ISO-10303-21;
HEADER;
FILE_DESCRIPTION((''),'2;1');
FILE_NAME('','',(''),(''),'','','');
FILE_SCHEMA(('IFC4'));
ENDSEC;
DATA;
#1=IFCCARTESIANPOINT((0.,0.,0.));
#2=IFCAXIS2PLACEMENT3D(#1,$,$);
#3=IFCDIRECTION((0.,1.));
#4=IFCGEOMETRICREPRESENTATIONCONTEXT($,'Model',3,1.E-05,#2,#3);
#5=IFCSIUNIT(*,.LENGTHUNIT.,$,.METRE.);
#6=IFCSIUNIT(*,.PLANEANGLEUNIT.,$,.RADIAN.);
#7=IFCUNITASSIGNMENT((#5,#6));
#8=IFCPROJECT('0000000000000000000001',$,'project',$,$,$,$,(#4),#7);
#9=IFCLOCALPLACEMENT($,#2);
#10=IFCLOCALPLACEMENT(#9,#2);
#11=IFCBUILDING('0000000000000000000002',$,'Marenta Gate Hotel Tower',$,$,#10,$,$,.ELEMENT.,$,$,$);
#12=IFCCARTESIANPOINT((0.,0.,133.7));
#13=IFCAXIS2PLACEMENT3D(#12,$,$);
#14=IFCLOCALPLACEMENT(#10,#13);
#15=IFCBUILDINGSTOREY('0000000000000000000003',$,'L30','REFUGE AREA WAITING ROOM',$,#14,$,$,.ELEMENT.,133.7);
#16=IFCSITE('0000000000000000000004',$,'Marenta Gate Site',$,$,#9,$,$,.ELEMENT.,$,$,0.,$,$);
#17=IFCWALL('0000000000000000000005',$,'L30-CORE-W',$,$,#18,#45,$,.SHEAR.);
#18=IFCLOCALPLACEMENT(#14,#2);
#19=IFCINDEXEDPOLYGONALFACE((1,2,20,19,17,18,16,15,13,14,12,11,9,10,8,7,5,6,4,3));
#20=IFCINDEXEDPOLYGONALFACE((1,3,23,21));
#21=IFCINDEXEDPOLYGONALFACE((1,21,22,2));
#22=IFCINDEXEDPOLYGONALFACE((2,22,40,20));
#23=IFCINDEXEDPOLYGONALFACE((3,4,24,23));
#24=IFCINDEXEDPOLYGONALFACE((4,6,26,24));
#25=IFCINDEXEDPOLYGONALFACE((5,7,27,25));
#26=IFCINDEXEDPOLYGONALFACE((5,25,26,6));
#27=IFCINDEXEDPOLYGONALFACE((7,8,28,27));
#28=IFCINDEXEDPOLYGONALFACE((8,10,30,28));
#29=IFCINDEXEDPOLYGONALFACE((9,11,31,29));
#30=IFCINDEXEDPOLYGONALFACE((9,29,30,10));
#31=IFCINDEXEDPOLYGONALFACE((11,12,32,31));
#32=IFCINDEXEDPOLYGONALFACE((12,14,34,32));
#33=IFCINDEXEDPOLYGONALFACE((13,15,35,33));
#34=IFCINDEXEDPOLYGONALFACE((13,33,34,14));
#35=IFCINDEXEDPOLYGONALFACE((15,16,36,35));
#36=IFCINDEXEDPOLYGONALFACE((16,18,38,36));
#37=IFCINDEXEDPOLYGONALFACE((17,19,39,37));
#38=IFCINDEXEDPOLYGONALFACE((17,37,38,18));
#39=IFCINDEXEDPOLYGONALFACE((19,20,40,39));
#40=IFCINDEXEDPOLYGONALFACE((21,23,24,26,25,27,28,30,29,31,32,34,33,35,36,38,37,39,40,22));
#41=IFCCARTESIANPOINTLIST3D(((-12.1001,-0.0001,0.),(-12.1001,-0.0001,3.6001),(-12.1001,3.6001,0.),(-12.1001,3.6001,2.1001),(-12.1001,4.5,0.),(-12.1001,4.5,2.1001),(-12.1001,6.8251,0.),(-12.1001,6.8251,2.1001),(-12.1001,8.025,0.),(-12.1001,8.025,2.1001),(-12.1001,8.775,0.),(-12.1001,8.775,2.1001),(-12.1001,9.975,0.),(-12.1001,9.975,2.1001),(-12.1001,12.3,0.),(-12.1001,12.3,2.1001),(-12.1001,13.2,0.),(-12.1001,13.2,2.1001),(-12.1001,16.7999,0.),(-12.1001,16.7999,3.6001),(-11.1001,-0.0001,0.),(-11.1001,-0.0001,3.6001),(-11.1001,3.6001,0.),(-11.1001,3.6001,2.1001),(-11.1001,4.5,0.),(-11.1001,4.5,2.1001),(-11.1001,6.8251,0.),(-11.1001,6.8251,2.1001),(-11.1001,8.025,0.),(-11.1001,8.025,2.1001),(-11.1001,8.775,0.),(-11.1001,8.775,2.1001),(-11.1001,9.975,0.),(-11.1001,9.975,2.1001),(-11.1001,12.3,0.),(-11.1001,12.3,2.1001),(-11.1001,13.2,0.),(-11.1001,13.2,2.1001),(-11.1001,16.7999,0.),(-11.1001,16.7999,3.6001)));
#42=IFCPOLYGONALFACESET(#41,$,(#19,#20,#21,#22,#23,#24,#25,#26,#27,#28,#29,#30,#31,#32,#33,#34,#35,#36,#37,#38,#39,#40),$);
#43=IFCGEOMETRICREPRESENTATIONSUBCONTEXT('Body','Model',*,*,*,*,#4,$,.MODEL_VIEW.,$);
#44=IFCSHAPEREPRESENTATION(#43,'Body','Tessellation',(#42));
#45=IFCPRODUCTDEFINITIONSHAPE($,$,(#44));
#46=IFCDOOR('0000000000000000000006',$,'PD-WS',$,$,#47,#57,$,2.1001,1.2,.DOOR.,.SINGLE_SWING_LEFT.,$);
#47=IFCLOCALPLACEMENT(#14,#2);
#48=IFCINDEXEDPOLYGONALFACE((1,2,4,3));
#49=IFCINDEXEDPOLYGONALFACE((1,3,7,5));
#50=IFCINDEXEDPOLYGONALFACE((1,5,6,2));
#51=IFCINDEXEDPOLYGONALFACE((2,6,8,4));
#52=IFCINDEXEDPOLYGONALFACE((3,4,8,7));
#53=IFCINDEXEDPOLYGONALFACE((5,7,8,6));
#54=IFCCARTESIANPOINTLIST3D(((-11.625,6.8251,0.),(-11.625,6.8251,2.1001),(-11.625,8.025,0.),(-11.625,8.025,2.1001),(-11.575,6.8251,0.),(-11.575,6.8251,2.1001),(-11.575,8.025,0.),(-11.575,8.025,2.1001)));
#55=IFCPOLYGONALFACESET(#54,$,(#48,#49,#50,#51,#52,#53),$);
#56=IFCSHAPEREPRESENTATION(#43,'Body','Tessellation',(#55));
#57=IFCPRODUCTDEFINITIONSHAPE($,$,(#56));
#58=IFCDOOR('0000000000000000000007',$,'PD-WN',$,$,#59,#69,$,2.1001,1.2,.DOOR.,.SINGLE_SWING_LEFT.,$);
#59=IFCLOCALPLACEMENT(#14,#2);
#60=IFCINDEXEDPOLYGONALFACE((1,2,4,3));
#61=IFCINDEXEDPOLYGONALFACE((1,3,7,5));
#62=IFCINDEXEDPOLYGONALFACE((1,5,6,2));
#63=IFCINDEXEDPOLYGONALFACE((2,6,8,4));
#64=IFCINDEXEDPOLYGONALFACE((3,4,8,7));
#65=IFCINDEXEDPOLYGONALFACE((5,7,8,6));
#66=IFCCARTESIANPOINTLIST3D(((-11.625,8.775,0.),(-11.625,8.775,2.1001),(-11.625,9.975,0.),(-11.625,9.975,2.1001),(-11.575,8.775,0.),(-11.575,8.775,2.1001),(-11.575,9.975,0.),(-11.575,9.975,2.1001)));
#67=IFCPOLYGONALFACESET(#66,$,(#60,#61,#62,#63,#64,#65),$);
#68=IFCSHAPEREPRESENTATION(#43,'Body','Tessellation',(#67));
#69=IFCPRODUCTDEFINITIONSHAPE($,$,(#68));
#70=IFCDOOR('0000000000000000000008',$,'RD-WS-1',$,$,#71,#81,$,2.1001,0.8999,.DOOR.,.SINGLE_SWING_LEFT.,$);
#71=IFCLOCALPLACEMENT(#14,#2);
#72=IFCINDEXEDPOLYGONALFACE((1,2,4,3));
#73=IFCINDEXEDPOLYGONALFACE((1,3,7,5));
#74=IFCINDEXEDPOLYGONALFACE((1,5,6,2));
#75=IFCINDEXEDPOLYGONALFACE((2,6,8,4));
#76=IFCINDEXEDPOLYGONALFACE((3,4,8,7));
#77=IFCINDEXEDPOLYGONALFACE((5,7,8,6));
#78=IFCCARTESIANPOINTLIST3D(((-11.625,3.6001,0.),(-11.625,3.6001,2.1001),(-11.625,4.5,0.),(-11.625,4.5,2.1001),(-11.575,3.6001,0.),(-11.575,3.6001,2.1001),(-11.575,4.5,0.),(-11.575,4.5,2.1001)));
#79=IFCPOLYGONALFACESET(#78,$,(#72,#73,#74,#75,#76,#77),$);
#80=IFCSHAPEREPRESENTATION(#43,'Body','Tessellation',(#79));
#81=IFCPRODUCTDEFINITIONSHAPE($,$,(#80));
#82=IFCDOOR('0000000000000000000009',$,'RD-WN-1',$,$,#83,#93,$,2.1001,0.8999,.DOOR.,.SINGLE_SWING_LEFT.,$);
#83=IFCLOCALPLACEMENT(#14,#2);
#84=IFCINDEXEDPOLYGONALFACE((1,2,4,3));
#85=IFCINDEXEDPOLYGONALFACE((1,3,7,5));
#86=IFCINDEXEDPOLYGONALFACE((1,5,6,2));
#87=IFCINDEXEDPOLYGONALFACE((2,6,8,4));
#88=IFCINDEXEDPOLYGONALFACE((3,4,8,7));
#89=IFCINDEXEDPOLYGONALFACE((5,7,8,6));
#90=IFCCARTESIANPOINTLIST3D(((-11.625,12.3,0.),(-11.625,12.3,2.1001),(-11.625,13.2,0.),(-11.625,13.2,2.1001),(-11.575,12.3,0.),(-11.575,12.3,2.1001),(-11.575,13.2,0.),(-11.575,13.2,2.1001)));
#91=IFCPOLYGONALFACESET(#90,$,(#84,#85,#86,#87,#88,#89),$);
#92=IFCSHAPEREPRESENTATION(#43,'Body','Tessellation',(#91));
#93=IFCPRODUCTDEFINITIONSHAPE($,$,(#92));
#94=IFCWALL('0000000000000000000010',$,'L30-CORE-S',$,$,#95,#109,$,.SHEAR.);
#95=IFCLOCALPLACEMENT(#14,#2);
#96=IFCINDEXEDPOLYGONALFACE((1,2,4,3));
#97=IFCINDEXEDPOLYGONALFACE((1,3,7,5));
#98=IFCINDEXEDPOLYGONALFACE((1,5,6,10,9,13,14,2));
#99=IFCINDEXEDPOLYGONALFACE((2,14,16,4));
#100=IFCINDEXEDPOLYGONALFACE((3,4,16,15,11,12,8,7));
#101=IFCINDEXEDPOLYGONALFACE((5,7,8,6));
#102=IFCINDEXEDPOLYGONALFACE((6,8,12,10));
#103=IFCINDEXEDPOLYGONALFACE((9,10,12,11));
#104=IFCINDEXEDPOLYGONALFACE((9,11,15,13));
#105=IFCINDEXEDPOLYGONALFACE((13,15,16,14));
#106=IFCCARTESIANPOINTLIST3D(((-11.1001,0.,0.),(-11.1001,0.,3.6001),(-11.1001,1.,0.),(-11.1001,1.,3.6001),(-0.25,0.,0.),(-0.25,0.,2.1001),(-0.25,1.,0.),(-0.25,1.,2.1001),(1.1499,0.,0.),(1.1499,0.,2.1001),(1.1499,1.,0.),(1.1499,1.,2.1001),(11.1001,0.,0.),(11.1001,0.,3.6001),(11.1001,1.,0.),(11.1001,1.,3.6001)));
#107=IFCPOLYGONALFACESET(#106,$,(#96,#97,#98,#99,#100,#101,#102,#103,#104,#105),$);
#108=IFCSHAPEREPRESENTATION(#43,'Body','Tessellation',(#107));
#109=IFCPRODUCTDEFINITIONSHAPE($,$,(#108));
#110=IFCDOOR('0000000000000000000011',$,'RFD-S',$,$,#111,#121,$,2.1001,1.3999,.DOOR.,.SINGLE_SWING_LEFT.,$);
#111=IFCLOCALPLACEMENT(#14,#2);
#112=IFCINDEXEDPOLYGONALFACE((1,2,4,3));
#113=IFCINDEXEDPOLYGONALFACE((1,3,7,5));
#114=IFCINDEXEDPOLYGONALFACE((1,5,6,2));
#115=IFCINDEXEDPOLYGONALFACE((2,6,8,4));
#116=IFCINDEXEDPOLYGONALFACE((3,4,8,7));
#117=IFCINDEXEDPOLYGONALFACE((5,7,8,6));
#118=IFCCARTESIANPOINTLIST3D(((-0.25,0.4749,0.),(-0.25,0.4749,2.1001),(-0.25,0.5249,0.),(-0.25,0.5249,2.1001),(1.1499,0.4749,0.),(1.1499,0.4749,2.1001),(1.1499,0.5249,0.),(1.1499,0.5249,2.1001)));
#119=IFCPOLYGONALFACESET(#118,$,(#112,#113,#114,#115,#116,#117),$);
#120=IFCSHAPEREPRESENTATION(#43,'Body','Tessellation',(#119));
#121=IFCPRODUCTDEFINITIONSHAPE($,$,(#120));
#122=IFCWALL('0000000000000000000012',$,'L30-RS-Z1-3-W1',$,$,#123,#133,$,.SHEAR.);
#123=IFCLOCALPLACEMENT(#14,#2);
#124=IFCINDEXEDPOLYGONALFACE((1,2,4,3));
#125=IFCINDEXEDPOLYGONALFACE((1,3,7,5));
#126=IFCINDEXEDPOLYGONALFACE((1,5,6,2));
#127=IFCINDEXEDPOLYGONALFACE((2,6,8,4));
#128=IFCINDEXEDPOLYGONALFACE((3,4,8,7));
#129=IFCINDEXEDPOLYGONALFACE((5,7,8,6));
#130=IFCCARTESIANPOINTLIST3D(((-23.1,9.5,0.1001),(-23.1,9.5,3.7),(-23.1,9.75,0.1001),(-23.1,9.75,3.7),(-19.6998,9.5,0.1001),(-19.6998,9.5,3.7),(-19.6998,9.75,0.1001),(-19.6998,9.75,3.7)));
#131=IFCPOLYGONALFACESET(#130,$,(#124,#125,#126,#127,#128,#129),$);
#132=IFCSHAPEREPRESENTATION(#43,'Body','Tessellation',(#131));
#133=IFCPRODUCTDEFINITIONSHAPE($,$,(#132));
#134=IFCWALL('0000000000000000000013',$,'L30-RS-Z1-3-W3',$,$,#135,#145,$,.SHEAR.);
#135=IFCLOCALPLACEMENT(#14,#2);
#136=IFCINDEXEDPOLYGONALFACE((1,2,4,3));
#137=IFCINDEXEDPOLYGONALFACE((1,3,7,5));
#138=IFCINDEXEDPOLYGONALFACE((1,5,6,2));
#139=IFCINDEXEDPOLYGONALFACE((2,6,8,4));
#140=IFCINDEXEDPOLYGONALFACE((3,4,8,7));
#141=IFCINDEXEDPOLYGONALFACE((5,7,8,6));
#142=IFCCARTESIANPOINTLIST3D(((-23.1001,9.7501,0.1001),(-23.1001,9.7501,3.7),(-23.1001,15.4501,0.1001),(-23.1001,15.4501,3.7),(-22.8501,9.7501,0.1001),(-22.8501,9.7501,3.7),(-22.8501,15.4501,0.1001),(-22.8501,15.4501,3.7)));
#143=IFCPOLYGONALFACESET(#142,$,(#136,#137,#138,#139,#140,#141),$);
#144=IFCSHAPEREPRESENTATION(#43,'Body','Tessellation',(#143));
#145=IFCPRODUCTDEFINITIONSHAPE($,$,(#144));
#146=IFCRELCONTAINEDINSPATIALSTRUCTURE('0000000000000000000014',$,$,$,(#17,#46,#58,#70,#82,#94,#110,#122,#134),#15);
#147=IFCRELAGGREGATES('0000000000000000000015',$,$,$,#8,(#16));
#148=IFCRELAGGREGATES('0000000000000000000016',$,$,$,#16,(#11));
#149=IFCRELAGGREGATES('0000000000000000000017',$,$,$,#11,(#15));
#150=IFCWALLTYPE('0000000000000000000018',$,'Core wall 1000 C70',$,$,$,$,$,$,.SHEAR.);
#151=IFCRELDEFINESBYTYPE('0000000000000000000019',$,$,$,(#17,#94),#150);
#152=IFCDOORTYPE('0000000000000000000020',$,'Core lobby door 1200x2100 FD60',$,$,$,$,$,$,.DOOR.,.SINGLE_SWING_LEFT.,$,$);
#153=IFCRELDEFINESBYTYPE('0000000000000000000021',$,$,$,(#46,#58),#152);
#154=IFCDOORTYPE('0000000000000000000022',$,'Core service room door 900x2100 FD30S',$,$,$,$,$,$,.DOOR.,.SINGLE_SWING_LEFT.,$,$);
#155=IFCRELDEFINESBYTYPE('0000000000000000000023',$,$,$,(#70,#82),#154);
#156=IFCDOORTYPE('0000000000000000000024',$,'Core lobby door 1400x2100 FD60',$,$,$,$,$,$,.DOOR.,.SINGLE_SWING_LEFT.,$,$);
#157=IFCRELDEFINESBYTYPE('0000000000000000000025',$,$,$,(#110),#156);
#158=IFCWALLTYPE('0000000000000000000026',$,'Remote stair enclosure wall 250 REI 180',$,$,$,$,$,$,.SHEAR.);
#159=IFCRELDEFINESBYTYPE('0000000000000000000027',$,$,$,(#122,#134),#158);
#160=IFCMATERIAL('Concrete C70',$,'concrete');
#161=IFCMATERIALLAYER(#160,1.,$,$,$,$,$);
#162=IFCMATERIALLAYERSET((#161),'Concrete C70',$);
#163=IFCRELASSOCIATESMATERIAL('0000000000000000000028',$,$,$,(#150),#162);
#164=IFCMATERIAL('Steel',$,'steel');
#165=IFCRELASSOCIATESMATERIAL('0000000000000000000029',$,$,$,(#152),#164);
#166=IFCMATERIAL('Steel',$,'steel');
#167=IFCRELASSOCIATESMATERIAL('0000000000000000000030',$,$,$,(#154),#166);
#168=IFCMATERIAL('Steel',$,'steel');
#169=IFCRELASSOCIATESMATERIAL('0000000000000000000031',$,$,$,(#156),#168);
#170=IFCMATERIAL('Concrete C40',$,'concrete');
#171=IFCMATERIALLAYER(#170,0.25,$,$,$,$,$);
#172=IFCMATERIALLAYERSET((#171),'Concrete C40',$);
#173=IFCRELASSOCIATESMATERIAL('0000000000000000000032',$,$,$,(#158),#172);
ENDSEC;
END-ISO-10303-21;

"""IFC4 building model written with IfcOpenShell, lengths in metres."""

from ifc_helpers import new_model, si_unit, direction, frame, frame_2d, origin, place, context, subcontext, project, spatial, rectangle, extrude, material, layer, layer_set, type_object, element, fill, save


model = new_model("IFC4")

# Units and contexts
model_context = context("Model", 3, precision=1e-05, world=origin(), true_north=direction((0.0, 1.0)))
body_context = subcontext(model_context, "Body", "Model", "MODEL_VIEW")
ifc_project = project(units=[si_unit("LENGTHUNIT", "METRE"), si_unit("PLANEANGLEUNIT", "RADIAN")], contexts=[model_context])

# Site, building, storey
site_placement = place(None, origin())
site = spatial("IfcSite", under=ifc_project, at=site_placement, Name="Marenta Gate Site", CompositionType="ELEMENT", RefElevation=0.0)
building_placement = place(site_placement, origin())
building = spatial("IfcBuilding", under=site, at=building_placement, Name="Marenta Gate Hotel Tower", CompositionType="ELEMENT")
storey_placement = place(building_placement, frame((0.0, 0.0, 133.7)))
storey = spatial("IfcBuildingStorey", under=building, at=storey_placement, Name="L30", Description="REFUGE AREA WAITING ROOM", CompositionType="ELEMENT", Elevation=133.7)

# Wall, openings, doors
ifc_material_1 = material(Name="Concrete C70", Category="concrete")
ifc_layer_1 = layer(ifc_material_1, 1.0)
ifc_layer_set_1 = layer_set([ifc_layer_1], Name="Concrete C70")
wall_type_1 = type_object("IfcWallType", Name="Core wall 1000 C70", PredefinedType="SHEAR", material=ifc_layer_set_1)
wall_1_placement = place(storey_placement, frame((-11.6001, 0.0, 0.0), z_axis=(0.0, 0.0, 1.0), x_axis=(0.0, 1.0, 0.0)))
wall_1 = element("IfcWall", 1, at=wall_1_placement, inside=storey, type_object=wall_type_1, Name="L30-CORE-W", PredefinedType="SHEAR", context=body_context, shape_type="SweptSolid", body=[
    extrude(rectangle(XDim=16.8, YDim=1.0, at=frame_2d((8.3999, 0.0))), origin(), (0.0, 0.0, 1.0), 3.6001),
])
opening_1_placement = place(wall_1_placement, frame((3.6001, 0.0, 0.0)))
opening_1 = element("IfcOpeningElement", 2, at=opening_1_placement, cuts=wall_1, PredefinedType="OPENING", context=body_context, shape_type="SweptSolid", body=[
    extrude(rectangle(XDim=0.8999, YDim=2.1001, at=frame_2d((0.45, 1.05))), frame((0.0, 0.5, 0.0), z_axis=(0.0, -1.0, 0.0), x_axis=(1.0, 0.0, 0.0)), (0.0, 0.0, 1.0), 1.0),
])
opening_2_placement = place(wall_1_placement, frame((6.825, 0.0, 0.0)))
opening_2 = element("IfcOpeningElement", 3, at=opening_2_placement, cuts=wall_1, PredefinedType="OPENING", context=body_context, shape_type="SweptSolid", body=[
    extrude(rectangle(XDim=1.2, YDim=2.1001, at=frame_2d((0.6001, 1.05))), frame((0.0, 0.5, 0.0), z_axis=(0.0, -1.0, 0.0), x_axis=(1.0, 0.0, 0.0)), (0.0, 0.0, 1.0), 1.0),
])
opening_3_placement = place(wall_1_placement, frame((12.3, 0.0, 0.0)))
opening_3 = element("IfcOpeningElement", 4, at=opening_3_placement, cuts=wall_1, PredefinedType="OPENING", context=body_context, shape_type="SweptSolid", body=[
    extrude(rectangle(XDim=0.8999, YDim=2.1001, at=frame_2d((0.45, 1.05))), frame((0.0, 0.5, 0.0), z_axis=(0.0, -1.0, 0.0), x_axis=(1.0, 0.0, 0.0)), (0.0, 0.0, 1.0), 1.0),
])
opening_4_placement = place(wall_1_placement, frame((8.7749, 0.0, 0.0)))
opening_4 = element("IfcOpeningElement", 5, at=opening_4_placement, cuts=wall_1, PredefinedType="OPENING", context=body_context, shape_type="SweptSolid", body=[
    extrude(rectangle(XDim=1.2, YDim=2.1001, at=frame_2d((0.6001, 1.05))), frame((0.0, 0.5, 0.0), z_axis=(0.0, -1.0, 0.0), x_axis=(1.0, 0.0, 0.0)), (0.0, 0.0, 1.0), 1.0),
])
ifc_material_2 = material(Name="Steel", Category="steel")
door_type_1 = type_object("IfcDoorType", Name="Core lobby door 1200x2100 FD60", OperationType="SINGLE_SWING_LEFT", PredefinedType="DOOR", material=ifc_material_2)
door_1_placement = place(opening_2_placement, origin())
door_1 = element("IfcDoor", 6, at=door_1_placement, inside=storey, type_object=door_type_1, Name="PD-WS", OperationType="SINGLE_SWING_LEFT", OverallHeight=2.1001, OverallWidth=1.2, PredefinedType="DOOR", context=body_context, shape_type="SweptSolid", body=[
    extrude(rectangle(XDim=1.2, YDim=2.1001, at=frame_2d((0.6001, 1.05))), frame((0.0, 0.0249, 0.0), z_axis=(0.0, -1.0, 0.0), x_axis=(1.0, 0.0, 0.0)), (0.0, 0.0, 1.0), 0.05),
])
fill(opening_2, door_1)
door_2_placement = place(opening_4_placement, origin())
door_2 = element("IfcDoor", 7, at=door_2_placement, inside=storey, type_object=door_type_1, Name="PD-WN", OperationType="SINGLE_SWING_LEFT", OverallHeight=2.1001, OverallWidth=1.2, PredefinedType="DOOR", context=body_context, shape_type="SweptSolid", body=[
    extrude(rectangle(XDim=1.2, YDim=2.1001, at=frame_2d((0.6001, 1.05))), frame((0.0, 0.0249, 0.0), z_axis=(0.0, -1.0, 0.0), x_axis=(1.0, 0.0, 0.0)), (0.0, 0.0, 1.0), 0.05),
])
fill(opening_4, door_2)
ifc_material_3 = material(Name="Steel", Category="steel")
door_type_2 = type_object("IfcDoorType", Name="Core service room door 900x2100 FD30S", OperationType="SINGLE_SWING_LEFT", PredefinedType="DOOR", material=ifc_material_3)
door_3_placement = place(opening_1_placement, origin())
door_3 = element("IfcDoor", 8, at=door_3_placement, inside=storey, type_object=door_type_2, Name="RD-WS-1", OperationType="SINGLE_SWING_LEFT", OverallHeight=2.1001, OverallWidth=0.8999, PredefinedType="DOOR", context=body_context, shape_type="SweptSolid", body=[
    extrude(rectangle(XDim=0.8999, YDim=2.1001, at=frame_2d((0.45, 1.05))), frame((0.0, 0.0249, 0.0), z_axis=(0.0, -1.0, 0.0), x_axis=(1.0, 0.0, 0.0)), (0.0, 0.0, 1.0), 0.05),
])
fill(opening_1, door_3)
door_4_placement = place(opening_3_placement, origin())
door_4 = element("IfcDoor", 9, at=door_4_placement, inside=storey, type_object=door_type_2, Name="RD-WN-1", OperationType="SINGLE_SWING_LEFT", OverallHeight=2.1001, OverallWidth=0.8999, PredefinedType="DOOR", context=body_context, shape_type="SweptSolid", body=[
    extrude(rectangle(XDim=0.8999, YDim=2.1001, at=frame_2d((0.45, 1.05))), frame((0.0, 0.0249, 0.0), z_axis=(0.0, -1.0, 0.0), x_axis=(1.0, 0.0, 0.0)), (0.0, 0.0, 1.0), 0.05),
])
fill(opening_3, door_4)

# Wall, opening, door
wall_2_placement = place(storey_placement, frame((-11.1001, 0.5, 0.0), z_axis=(0.0, 0.0, 1.0), x_axis=(1.0, 0.0, 0.0)))
wall_2 = element("IfcWall", 10, at=wall_2_placement, inside=storey, type_object=wall_type_1, Name="L30-CORE-S", PredefinedType="SHEAR", context=body_context, shape_type="SweptSolid", body=[
    extrude(rectangle(XDim=22.2002, YDim=1.0, at=frame_2d((11.1001, 0.0))), origin(), (0.0, 0.0, 1.0), 3.6001),
])
opening_5_placement = place(wall_2_placement, frame((10.8501, 0.0, 0.0)))
opening_5 = element("IfcOpeningElement", 11, at=opening_5_placement, cuts=wall_2, PredefinedType="OPENING", context=body_context, shape_type="SweptSolid", body=[
    extrude(rectangle(XDim=1.3999, YDim=2.1001, at=frame_2d((0.7, 1.05))), frame((0.0, 0.5, 0.0), z_axis=(0.0, -1.0, 0.0), x_axis=(1.0, 0.0, 0.0)), (0.0, 0.0, 1.0), 1.0),
])
ifc_material_4 = material(Name="Steel", Category="steel")
door_type_3 = type_object("IfcDoorType", Name="Core lobby door 1400x2100 FD60", OperationType="SINGLE_SWING_LEFT", PredefinedType="DOOR", material=ifc_material_4)
door_5_placement = place(opening_5_placement, origin())
door_5 = element("IfcDoor", 12, at=door_5_placement, inside=storey, type_object=door_type_3, Name="RFD-S", OperationType="SINGLE_SWING_LEFT", OverallHeight=2.1001, OverallWidth=1.3999, PredefinedType="DOOR", context=body_context, shape_type="SweptSolid", body=[
    extrude(rectangle(XDim=1.3999, YDim=2.1001, at=frame_2d((0.7, 1.05))), frame((0.0, 0.0249, 0.0), z_axis=(0.0, -1.0, 0.0), x_axis=(1.0, 0.0, 0.0)), (0.0, 0.0, 1.0), 0.05),
])
fill(opening_5, door_5)

# Walls
ifc_material_5 = material(Name="Concrete C40", Category="concrete")
ifc_layer_2 = layer(ifc_material_5, 0.25)
ifc_layer_set_2 = layer_set([ifc_layer_2], Name="Concrete C40")
wall_type_2 = type_object("IfcWallType", Name="Remote stair enclosure wall 250 REI 180", PredefinedType="SHEAR", material=ifc_layer_set_2)
wall_3_placement = place(storey_placement, frame((-23.1001, 9.625, 0.1001), z_axis=(0.0, 0.0, 1.0), x_axis=(1.0, 0.0, 0.0)))
element("IfcWall", 13, at=wall_3_placement, inside=storey, type_object=wall_type_2, Name="L30-RS-Z1-3-W1", PredefinedType="SHEAR", context=body_context, shape_type="SweptSolid", body=[
    extrude(rectangle(XDim=3.4001, YDim=0.25, at=frame_2d((1.7002, 0.0))), origin(), (0.0, 0.0, 1.0), 3.5999),
])
wall_4_placement = place(storey_placement, frame((-22.9751, 9.75, 0.1001), z_axis=(0.0, 0.0, 1.0), x_axis=(0.0, 1.0, 0.0)))
element("IfcWall", 14, at=wall_4_placement, inside=storey, type_object=wall_type_2, Name="L30-RS-Z1-3-W3", PredefinedType="SHEAR", context=body_context, shape_type="SweptSolid", body=[
    extrude(rectangle(XDim=5.7, YDim=0.25, at=frame_2d((2.8501, 0.0))), origin(), (0.0, 0.0, 1.0), 3.5999),
])

save(model, "model.ifc")
